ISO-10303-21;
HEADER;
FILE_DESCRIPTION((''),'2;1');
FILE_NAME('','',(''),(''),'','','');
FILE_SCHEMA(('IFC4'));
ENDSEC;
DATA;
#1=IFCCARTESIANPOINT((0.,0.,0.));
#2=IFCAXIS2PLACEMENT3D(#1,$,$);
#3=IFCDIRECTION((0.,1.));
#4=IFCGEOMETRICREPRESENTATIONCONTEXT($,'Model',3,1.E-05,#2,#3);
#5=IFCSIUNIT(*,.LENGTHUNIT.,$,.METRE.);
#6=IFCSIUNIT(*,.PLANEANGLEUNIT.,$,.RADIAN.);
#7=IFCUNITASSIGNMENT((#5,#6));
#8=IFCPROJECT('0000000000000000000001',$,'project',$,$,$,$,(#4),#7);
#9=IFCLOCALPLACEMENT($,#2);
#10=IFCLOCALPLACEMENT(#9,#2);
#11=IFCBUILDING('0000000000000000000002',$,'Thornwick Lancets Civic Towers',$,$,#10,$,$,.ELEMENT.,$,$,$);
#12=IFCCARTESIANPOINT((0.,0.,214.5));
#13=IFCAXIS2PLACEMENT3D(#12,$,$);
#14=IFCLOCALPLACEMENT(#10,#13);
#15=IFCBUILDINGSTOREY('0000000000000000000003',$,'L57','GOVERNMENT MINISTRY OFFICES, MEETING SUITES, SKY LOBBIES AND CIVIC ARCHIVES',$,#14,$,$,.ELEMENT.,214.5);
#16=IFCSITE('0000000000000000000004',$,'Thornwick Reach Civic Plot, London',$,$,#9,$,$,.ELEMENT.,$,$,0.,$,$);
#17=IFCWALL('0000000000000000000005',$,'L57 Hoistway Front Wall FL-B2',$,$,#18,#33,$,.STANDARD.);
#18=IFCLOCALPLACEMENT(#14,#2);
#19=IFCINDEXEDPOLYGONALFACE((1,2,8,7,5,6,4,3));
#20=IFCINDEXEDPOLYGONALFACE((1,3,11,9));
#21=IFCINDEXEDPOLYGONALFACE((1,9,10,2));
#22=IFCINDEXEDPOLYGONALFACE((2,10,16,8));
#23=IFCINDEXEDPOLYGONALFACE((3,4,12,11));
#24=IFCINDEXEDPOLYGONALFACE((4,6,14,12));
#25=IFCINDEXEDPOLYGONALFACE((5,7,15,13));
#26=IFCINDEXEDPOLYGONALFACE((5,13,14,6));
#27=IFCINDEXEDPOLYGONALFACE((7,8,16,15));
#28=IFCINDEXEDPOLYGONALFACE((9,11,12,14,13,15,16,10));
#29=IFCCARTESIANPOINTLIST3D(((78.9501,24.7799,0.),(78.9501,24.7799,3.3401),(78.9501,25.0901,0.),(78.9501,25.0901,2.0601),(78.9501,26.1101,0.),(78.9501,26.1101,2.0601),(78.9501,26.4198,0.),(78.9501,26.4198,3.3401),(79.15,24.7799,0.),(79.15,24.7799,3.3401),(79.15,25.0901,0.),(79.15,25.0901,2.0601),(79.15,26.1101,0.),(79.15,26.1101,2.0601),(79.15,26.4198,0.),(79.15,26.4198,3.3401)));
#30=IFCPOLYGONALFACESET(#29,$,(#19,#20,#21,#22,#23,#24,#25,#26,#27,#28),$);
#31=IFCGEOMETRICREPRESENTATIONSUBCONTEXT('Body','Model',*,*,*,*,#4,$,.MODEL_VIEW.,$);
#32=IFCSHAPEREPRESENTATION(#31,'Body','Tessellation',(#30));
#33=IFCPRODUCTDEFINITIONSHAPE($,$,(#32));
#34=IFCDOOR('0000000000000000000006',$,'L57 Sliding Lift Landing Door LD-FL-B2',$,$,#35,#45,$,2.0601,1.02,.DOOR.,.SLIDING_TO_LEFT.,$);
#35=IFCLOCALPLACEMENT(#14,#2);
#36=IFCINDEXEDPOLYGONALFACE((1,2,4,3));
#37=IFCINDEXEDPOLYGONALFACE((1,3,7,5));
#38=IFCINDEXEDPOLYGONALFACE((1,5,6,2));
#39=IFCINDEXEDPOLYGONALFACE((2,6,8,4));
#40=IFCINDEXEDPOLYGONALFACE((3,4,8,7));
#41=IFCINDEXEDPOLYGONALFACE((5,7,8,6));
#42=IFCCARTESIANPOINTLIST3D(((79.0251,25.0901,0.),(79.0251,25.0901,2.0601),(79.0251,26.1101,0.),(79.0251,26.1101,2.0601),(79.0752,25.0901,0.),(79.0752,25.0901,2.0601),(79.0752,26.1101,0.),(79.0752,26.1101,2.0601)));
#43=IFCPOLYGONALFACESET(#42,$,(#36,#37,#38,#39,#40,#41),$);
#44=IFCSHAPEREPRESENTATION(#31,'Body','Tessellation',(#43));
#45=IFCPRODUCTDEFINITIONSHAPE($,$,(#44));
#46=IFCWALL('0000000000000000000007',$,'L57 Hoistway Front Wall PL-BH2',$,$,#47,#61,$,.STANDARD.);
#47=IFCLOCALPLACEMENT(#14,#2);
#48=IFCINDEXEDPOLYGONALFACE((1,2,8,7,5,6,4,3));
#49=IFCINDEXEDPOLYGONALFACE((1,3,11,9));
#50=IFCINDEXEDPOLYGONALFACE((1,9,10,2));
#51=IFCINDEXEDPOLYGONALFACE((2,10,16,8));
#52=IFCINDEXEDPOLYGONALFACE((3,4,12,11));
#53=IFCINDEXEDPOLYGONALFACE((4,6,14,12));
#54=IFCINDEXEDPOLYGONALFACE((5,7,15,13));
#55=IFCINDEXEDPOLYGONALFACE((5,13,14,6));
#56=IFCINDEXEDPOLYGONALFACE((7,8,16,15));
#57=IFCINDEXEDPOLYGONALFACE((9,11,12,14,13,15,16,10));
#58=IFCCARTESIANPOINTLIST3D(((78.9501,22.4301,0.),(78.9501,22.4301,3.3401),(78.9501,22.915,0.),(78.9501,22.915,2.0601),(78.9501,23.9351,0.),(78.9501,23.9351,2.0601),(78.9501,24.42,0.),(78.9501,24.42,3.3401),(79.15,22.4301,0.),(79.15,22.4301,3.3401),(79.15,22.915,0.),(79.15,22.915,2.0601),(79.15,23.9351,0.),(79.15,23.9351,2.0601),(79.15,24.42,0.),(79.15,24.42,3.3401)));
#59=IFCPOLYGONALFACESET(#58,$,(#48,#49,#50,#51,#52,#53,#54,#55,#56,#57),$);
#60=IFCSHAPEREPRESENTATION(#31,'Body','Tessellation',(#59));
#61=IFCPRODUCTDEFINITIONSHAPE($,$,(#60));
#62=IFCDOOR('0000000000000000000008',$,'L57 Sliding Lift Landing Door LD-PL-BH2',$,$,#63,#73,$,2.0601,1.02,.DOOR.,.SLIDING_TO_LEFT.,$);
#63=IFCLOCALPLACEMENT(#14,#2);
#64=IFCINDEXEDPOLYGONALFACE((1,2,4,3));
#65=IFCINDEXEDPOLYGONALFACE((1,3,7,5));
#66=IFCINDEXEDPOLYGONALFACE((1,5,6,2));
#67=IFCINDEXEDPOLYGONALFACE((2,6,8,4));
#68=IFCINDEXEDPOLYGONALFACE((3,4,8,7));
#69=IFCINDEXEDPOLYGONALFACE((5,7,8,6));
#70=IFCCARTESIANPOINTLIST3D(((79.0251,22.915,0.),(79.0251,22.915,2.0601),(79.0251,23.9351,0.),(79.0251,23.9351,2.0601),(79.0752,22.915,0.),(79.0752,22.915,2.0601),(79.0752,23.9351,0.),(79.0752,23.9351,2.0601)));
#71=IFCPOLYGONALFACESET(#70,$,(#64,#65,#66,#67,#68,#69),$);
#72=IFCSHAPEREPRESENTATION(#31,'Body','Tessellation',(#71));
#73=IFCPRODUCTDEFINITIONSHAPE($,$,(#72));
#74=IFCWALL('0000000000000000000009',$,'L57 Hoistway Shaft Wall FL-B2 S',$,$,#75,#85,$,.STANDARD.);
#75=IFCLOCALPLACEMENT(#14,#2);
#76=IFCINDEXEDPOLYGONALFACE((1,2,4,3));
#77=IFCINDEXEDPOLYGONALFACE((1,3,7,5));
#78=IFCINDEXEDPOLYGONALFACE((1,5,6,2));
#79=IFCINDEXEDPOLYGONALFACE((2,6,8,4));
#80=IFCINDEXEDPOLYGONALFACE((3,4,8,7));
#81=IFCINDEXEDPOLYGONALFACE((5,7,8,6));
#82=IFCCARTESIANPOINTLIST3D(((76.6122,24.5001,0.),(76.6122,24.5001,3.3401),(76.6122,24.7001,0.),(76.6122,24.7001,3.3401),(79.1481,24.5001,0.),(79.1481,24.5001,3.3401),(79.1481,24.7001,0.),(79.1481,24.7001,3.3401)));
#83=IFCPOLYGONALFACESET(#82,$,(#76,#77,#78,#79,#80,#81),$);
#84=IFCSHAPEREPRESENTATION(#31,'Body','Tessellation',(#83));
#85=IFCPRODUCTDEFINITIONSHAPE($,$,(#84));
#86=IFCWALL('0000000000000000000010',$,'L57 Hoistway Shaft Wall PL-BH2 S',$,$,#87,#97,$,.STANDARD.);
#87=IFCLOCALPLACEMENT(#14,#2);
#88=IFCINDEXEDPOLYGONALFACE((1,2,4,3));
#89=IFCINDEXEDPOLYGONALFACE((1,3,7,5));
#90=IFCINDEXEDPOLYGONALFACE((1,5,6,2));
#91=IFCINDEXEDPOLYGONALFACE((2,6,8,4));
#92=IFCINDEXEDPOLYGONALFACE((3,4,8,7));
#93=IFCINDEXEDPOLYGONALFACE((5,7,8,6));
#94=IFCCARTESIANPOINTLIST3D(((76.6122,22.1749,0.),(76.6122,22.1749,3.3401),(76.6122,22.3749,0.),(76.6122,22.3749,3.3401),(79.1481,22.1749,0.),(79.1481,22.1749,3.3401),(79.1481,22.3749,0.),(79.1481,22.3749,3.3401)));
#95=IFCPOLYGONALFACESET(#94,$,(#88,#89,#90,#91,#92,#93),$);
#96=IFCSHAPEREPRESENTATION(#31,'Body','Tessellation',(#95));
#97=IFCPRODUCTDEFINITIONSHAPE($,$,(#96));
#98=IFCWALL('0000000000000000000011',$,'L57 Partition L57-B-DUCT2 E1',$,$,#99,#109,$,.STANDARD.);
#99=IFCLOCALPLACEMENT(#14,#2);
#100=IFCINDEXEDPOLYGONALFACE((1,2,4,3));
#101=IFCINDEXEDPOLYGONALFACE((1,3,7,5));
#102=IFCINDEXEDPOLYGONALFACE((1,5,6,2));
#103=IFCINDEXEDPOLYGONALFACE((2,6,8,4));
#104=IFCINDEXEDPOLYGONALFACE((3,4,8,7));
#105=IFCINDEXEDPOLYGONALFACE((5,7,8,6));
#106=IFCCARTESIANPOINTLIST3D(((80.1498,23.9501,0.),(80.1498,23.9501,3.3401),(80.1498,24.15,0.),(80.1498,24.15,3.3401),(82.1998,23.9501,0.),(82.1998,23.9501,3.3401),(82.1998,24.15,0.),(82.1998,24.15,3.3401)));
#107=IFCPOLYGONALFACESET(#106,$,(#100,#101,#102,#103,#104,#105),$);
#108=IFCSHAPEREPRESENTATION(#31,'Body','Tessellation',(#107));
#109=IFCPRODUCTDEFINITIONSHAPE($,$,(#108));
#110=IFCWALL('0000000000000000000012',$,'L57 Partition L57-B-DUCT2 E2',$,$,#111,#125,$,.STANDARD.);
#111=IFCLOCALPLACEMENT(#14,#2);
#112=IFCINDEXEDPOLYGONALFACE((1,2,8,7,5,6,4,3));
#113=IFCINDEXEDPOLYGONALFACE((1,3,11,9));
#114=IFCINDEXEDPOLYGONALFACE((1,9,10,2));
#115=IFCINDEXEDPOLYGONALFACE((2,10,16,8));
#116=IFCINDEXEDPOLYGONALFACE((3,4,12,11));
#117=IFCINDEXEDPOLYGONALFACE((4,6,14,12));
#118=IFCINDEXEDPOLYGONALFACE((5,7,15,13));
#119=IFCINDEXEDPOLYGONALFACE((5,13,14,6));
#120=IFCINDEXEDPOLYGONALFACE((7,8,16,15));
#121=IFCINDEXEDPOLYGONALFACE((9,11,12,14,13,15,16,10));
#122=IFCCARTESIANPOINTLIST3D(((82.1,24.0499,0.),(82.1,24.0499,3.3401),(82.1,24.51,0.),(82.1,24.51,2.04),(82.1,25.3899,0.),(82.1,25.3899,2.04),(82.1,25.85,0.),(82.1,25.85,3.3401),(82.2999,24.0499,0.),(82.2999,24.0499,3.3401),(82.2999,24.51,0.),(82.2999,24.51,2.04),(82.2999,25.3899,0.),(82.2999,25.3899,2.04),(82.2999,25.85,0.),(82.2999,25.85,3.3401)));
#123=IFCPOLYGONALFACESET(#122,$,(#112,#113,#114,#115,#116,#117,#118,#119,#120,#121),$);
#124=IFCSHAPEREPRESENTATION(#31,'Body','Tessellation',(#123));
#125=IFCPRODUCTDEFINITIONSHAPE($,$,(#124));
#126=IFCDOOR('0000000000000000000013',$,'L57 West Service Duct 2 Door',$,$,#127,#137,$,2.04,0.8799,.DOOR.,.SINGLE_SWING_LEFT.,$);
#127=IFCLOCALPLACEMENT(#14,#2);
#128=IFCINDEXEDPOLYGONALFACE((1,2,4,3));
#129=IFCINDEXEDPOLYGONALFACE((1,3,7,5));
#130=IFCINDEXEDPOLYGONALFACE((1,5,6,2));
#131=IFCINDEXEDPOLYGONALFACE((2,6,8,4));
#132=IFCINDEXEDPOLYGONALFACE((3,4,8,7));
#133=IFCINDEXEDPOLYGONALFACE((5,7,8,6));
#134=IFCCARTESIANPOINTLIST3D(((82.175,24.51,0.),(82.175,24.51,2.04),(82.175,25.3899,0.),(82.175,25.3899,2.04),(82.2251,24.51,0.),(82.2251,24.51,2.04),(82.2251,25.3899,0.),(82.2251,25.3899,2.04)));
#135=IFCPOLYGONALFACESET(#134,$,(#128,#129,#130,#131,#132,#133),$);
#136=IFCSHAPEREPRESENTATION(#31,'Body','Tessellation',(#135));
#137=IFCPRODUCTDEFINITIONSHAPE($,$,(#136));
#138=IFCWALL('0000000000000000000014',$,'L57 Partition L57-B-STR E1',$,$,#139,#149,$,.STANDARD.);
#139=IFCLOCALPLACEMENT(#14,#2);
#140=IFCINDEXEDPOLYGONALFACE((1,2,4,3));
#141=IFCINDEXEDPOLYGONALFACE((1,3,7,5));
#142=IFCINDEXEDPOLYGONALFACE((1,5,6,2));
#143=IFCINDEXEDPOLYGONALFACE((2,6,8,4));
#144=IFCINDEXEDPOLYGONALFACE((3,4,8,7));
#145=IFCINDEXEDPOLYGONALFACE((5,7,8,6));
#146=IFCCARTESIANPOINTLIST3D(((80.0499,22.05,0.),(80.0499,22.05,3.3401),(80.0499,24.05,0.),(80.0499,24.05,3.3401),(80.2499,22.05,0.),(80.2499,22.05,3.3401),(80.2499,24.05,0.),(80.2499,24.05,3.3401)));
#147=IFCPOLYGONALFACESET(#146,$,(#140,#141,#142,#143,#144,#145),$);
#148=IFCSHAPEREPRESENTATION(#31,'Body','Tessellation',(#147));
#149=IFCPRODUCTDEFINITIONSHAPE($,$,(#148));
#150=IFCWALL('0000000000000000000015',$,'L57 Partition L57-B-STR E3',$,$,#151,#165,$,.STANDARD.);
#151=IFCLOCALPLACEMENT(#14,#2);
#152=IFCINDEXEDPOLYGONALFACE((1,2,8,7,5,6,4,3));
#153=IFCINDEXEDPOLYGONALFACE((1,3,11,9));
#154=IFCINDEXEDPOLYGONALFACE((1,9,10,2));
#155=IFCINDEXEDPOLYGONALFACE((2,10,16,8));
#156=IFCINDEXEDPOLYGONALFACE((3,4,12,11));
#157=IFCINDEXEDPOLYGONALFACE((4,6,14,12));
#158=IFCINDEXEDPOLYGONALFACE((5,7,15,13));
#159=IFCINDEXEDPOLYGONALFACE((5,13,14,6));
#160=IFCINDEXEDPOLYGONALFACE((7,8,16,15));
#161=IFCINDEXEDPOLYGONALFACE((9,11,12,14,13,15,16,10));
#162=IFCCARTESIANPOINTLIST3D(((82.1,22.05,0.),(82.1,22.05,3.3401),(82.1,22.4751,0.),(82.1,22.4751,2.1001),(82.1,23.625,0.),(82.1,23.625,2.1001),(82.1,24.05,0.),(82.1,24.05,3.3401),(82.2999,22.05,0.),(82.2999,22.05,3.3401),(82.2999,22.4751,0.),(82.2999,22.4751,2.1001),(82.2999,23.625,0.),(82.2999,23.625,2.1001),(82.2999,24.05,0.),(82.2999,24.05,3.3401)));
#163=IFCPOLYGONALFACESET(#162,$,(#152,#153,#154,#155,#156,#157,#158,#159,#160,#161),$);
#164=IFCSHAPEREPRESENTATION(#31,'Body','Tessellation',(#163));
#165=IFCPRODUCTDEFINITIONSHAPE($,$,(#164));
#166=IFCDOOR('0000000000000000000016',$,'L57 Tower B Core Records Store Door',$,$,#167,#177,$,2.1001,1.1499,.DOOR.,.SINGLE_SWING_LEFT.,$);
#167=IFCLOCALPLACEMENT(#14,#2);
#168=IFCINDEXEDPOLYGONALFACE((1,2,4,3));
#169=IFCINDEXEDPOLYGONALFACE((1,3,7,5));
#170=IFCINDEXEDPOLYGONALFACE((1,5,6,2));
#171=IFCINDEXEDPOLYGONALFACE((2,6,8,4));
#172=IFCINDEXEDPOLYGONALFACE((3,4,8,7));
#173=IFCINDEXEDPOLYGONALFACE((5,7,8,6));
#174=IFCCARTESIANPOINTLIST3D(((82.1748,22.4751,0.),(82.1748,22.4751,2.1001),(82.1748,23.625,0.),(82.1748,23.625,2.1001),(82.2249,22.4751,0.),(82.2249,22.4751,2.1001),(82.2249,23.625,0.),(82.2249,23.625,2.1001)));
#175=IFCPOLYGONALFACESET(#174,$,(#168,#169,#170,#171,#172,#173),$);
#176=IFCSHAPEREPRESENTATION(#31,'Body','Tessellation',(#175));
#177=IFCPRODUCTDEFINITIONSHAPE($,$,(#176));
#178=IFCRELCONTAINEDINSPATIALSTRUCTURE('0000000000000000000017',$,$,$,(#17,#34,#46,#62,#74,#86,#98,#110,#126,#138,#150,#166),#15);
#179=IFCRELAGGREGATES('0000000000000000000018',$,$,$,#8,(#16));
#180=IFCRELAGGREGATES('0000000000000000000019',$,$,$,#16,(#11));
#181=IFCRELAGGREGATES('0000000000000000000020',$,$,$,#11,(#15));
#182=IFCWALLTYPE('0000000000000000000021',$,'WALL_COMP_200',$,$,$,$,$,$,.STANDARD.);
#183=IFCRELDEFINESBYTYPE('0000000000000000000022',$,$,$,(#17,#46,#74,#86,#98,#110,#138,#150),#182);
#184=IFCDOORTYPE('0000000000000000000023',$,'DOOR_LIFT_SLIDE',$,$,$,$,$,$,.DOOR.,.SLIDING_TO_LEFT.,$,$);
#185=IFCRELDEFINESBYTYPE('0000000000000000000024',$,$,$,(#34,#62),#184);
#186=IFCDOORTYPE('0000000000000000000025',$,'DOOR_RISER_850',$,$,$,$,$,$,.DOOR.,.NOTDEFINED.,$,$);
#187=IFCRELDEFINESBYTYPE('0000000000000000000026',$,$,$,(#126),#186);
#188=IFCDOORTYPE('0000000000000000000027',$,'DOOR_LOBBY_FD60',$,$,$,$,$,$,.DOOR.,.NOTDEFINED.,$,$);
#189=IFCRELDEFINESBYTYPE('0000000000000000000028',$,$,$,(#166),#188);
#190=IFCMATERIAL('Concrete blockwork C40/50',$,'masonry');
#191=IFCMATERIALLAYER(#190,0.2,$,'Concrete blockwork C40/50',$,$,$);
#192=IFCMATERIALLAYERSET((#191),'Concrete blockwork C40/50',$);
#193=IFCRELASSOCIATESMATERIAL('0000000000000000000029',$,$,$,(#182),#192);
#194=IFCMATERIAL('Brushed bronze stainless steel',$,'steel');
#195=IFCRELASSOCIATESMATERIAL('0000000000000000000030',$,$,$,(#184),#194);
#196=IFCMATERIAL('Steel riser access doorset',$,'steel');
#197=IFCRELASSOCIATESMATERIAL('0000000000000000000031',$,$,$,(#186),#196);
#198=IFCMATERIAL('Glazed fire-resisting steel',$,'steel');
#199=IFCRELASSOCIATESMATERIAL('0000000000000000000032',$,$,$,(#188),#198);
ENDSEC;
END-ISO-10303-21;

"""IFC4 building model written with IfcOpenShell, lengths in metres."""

from ifc_helpers import new_model, si_unit, direction, frame, frame_2d, origin, place, context, subcontext, project, spatial, rectangle, extrude, material, layer, layer_set, type_object, element, fill, save


model = new_model("IFC4")

# Units and contexts
model_context = context("Model", 3, precision=1e-05, world=origin(), true_north=direction((0.0, 1.0)))
body_context = subcontext(model_context, "Body", "Model", "MODEL_VIEW")
ifc_project = project(units=[si_unit("LENGTHUNIT", "METRE"), si_unit("PLANEANGLEUNIT", "RADIAN")], contexts=[model_context])

# Site, building, storey
site_placement = place(None, origin())
site = spatial("IfcSite", under=ifc_project, at=site_placement, Name="Thornwick Reach Civic Plot, London", CompositionType="ELEMENT", RefElevation=0.0)
building_placement = place(site_placement, origin())
building = spatial("IfcBuilding", under=site, at=building_placement, Name="Thornwick Lancets Civic Towers", CompositionType="ELEMENT")
storey_placement = place(building_placement, frame((0.0, 0.0, 214.5)))
storey = spatial("IfcBuildingStorey", under=building, at=storey_placement, Name="L57", Description="GOVERNMENT MINISTRY OFFICES, MEETING SUITES, SKY LOBBIES AND CIVIC ARCHIVES", CompositionType="ELEMENT", Elevation=214.5)

# Walls, openings, doors
ifc_material_1 = material(Name="Concrete blockwork C40/50", Category="masonry")
ifc_layer_1 = layer(ifc_material_1, 0.2, Name="Concrete blockwork C40/50")
ifc_layer_set_1 = layer_set([ifc_layer_1], Name="Concrete blockwork C40/50")
wall_type_1 = type_object("IfcWallType", Name="WALL_COMP_200", PredefinedType="STANDARD", material=ifc_layer_set_1)
wall_1_placement = place(storey_placement, frame((79.05, 24.78, 0.0), z_axis=(0.0, 0.0, 1.0), x_axis=(0.0, 1.0, 0.0)))
wall_1 = element("IfcWall", 1, at=wall_1_placement, inside=storey, type_object=wall_type_1, Name="L57 Hoistway Front Wall FL-B2", PredefinedType="STANDARD", context=body_context, shape_type="SweptSolid", body=[
    extrude(rectangle(XDim=1.6399, YDim=0.2, at=frame_2d((0.8198, 0.0))), origin(), (0.0, 0.0, 1.0), 3.3401),
])
opening_1_placement = place(wall_1_placement, frame((0.3101, 0.0, 0.0)))
opening_1 = element("IfcOpeningElement", 2, at=opening_1_placement, cuts=wall_1, PredefinedType="OPENING", context=body_context, shape_type="SweptSolid", body=[
    extrude(rectangle(XDim=1.02, YDim=2.0601, at=frame_2d((0.51, 1.03))), frame((0.0, 0.1099, 0.0), z_axis=(0.0, -1.0, 0.0), x_axis=(1.0, 0.0, 0.0)), (0.0, 0.0, 1.0), 0.22),
])
ifc_material_2 = material(Name="Brushed bronze stainless steel", Category="steel")
door_type_1 = type_object("IfcDoorType", Name="DOOR_LIFT_SLIDE", OperationType="SLIDING_TO_LEFT", PredefinedType="DOOR", material=ifc_material_2)
door_1_placement = place(opening_1_placement, origin())
door_1 = element("IfcDoor", 3, at=door_1_placement, inside=storey, type_object=door_type_1, Name="L57 Sliding Lift Landing Door LD-FL-B2", OperationType="SLIDING_TO_LEFT", OverallHeight=2.0601, OverallWidth=1.02, PredefinedType="DOOR", context=body_context, shape_type="SweptSolid", body=[
    extrude(rectangle(XDim=1.02, YDim=2.0601, at=frame_2d((0.51, 1.03))), frame((0.0, 0.0249, 0.0), z_axis=(0.0, -1.0, 0.0), x_axis=(1.0, 0.0, 0.0)), (0.0, 0.0, 1.0), 0.05),
])
fill(opening_1, door_1)
wall_2_placement = place(storey_placement, frame((79.05, 22.4299, 0.0), z_axis=(0.0, 0.0, 1.0), x_axis=(0.0, 1.0, 0.0)))
wall_2 = element("IfcWall", 4, at=wall_2_placement, inside=storey, type_object=wall_type_1, Name="L57 Hoistway Front Wall PL-BH2", PredefinedType="STANDARD", context=body_context, shape_type="SweptSolid", body=[
    extrude(rectangle(XDim=1.99, YDim=0.2, at=frame_2d((0.9951, 0.0))), origin(), (0.0, 0.0, 1.0), 3.3401),
])
opening_2_placement = place(wall_2_placement, frame((0.4851, 0.0, 0.0)))
opening_2 = element("IfcOpeningElement", 5, at=opening_2_placement, cuts=wall_2, PredefinedType="OPENING", context=body_context, shape_type="SweptSolid", body=[
    extrude(rectangle(XDim=1.02, YDim=2.0601, at=frame_2d((0.51, 1.03))), frame((0.0, 0.1099, 0.0), z_axis=(0.0, -1.0, 0.0), x_axis=(1.0, 0.0, 0.0)), (0.0, 0.0, 1.0), 0.22),
])
door_2_placement = place(opening_2_placement, origin())
door_2 = element("IfcDoor", 6, at=door_2_placement, inside=storey, type_object=door_type_1, Name="L57 Sliding Lift Landing Door LD-PL-BH2", OperationType="SLIDING_TO_LEFT", OverallHeight=2.0601, OverallWidth=1.02, PredefinedType="DOOR", context=body_context, shape_type="SweptSolid", body=[
    extrude(rectangle(XDim=1.02, YDim=2.0601, at=frame_2d((0.51, 1.03))), frame((0.0, 0.0249, 0.0), z_axis=(0.0, -1.0, 0.0), x_axis=(1.0, 0.0, 0.0)), (0.0, 0.0, 1.0), 0.05),
])
fill(opening_2, door_2)

# Walls
for number, where, z_axis, x_axis, name in (
    (7, (76.6121, 24.6001, 0.0), (0.0, 0.0, 1.0), (1.0, 0.0, 0.0), "L57 Hoistway Shaft Wall FL-B2 S"),
    (8, (76.6121, 22.2749, 0.0), (0.0, 0.0, 1.0), (1.0, 0.0, 0.0), "L57 Hoistway Shaft Wall PL-BH2 S"),
):
    element("IfcWall", number, at=place(storey_placement, frame(where, z_axis=z_axis, x_axis=x_axis)), inside=storey, type_object=wall_type_1, Name=name, PredefinedType="STANDARD", context=body_context, shape_type="SweptSolid", body=[
        extrude(rectangle(XDim=2.5359, YDim=0.2, at=frame_2d((1.2681, 0.0))), origin(), (0.0, 0.0, 1.0), 3.3401),
    ])
wall_3_placement = place(storey_placement, frame((80.1499, 24.05, 0.0), z_axis=(0.0, 0.0, 1.0), x_axis=(1.0, 0.0, 0.0)))
element("IfcWall", 9, at=wall_3_placement, inside=storey, type_object=wall_type_1, Name="L57 Partition L57-B-DUCT2 E1", PredefinedType="STANDARD", context=body_context, shape_type="SweptSolid", body=[
    extrude(rectangle(XDim=2.05, YDim=0.2, at=frame_2d((1.0249, 0.0))), origin(), (0.0, 0.0, 1.0), 3.3401),
])

# Wall, opening, door
wall_4_placement = place(storey_placement, frame((82.2, 24.05, 0.0), z_axis=(0.0, 0.0, 1.0), x_axis=(0.0, 1.0, 0.0)))
wall_4 = element("IfcWall", 10, at=wall_4_placement, inside=storey, type_object=wall_type_1, Name="L57 Partition L57-B-DUCT2 E2", PredefinedType="STANDARD", context=body_context, shape_type="SweptSolid", body=[
    extrude(rectangle(XDim=1.8, YDim=0.2, at=frame_2d((0.8999, 0.0))), origin(), (0.0, 0.0, 1.0), 3.3401),
])
opening_3_placement = place(wall_4_placement, frame((0.46, 0.0, 0.0)))
opening_3 = element("IfcOpeningElement", 11, at=opening_3_placement, cuts=wall_4, PredefinedType="OPENING", context=body_context, shape_type="SweptSolid", body=[
    extrude(rectangle(XDim=0.8799, YDim=2.04, at=frame_2d((0.4399, 1.02))), frame((0.0, 0.1099, 0.0), z_axis=(0.0, -1.0, 0.0), x_axis=(1.0, 0.0, 0.0)), (0.0, 0.0, 1.0), 0.22),
])
ifc_material_3 = material(Name="Steel riser access doorset", Category="steel")
door_type_2 = type_object("IfcDoorType", Name="DOOR_RISER_850", OperationType="NOTDEFINED", PredefinedType="DOOR", material=ifc_material_3)
door_3_placement = place(opening_3_placement, origin())
door_3 = element("IfcDoor", 12, at=door_3_placement, inside=storey, type_object=door_type_2, Name="L57 West Service Duct 2 Door", OperationType="SINGLE_SWING_LEFT", OverallHeight=2.04, OverallWidth=0.8799, PredefinedType="DOOR", context=body_context, shape_type="SweptSolid", body=[
    extrude(rectangle(XDim=0.8799, YDim=2.04, at=frame_2d((0.4399, 1.02))), frame((0.0, 0.0249, 0.0), z_axis=(0.0, -1.0, 0.0), x_axis=(1.0, 0.0, 0.0)), (0.0, 0.0, 1.0), 0.05),
])
fill(opening_3, door_3)

# Wall
wall_5_placement = place(storey_placement, frame((80.1499, 22.05, 0.0), z_axis=(0.0, 0.0, 1.0), x_axis=(0.0, 1.0, 0.0)))
element("IfcWall", 13, at=wall_5_placement, inside=storey, type_object=wall_type_1, Name="L57 Partition L57-B-STR E1", PredefinedType="STANDARD", context=body_context, shape_type="SweptSolid", body=[
    extrude(rectangle(XDim=2.0, YDim=0.2, at=frame_2d((1.0, 0.0))), origin(), (0.0, 0.0, 1.0), 3.3401),
])

# Wall, opening, door
wall_6_placement = place(storey_placement, frame((82.2, 24.05, 0.0), z_axis=(0.0, 0.0, 1.0), x_axis=(0.0, -1.0, 0.0)))
wall_6 = element("IfcWall", 14, at=wall_6_placement, inside=storey, type_object=wall_type_1, Name="L57 Partition L57-B-STR E3", PredefinedType="STANDARD", context=body_context, shape_type="SweptSolid", body=[
    extrude(rectangle(XDim=2.0, YDim=0.2, at=frame_2d((1.0, 0.0))), origin(), (0.0, 0.0, 1.0), 3.3401),
])
opening_4_placement = place(wall_6_placement, frame((0.425, 0.0, 0.0)))
opening_4 = element("IfcOpeningElement", 15, at=opening_4_placement, cuts=wall_6, PredefinedType="OPENING", context=body_context, shape_type="SweptSolid", body=[
    extrude(rectangle(XDim=1.1499, YDim=2.1001, at=frame_2d((0.575, 1.05))), frame((0.0, 0.1099, 0.0), z_axis=(0.0, -1.0, 0.0), x_axis=(1.0, 0.0, 0.0)), (0.0, 0.0, 1.0), 0.22),
])
ifc_material_4 = material(Name="Glazed fire-resisting steel", Category="steel")
door_type_3 = type_object("IfcDoorType", Name="DOOR_LOBBY_FD60", OperationType="NOTDEFINED", PredefinedType="DOOR", material=ifc_material_4)
door_4_placement = place(opening_4_placement, origin())
door_4 = element("IfcDoor", 16, at=door_4_placement, inside=storey, type_object=door_type_3, Name="L57 Tower B Core Records Store Door", OperationType="SINGLE_SWING_LEFT", OverallHeight=2.1001, OverallWidth=1.1499, PredefinedType="DOOR", context=body_context, shape_type="SweptSolid", body=[
    extrude(rectangle(XDim=1.1499, YDim=2.1001, at=frame_2d((0.575, 1.05))), frame((0.0, 0.0249, 0.0), z_axis=(0.0, -1.0, 0.0), x_axis=(1.0, 0.0, 0.0)), (0.0, 0.0, 1.0), 0.05),
])
fill(opening_4, door_4)

save(model, "model.ifc")
